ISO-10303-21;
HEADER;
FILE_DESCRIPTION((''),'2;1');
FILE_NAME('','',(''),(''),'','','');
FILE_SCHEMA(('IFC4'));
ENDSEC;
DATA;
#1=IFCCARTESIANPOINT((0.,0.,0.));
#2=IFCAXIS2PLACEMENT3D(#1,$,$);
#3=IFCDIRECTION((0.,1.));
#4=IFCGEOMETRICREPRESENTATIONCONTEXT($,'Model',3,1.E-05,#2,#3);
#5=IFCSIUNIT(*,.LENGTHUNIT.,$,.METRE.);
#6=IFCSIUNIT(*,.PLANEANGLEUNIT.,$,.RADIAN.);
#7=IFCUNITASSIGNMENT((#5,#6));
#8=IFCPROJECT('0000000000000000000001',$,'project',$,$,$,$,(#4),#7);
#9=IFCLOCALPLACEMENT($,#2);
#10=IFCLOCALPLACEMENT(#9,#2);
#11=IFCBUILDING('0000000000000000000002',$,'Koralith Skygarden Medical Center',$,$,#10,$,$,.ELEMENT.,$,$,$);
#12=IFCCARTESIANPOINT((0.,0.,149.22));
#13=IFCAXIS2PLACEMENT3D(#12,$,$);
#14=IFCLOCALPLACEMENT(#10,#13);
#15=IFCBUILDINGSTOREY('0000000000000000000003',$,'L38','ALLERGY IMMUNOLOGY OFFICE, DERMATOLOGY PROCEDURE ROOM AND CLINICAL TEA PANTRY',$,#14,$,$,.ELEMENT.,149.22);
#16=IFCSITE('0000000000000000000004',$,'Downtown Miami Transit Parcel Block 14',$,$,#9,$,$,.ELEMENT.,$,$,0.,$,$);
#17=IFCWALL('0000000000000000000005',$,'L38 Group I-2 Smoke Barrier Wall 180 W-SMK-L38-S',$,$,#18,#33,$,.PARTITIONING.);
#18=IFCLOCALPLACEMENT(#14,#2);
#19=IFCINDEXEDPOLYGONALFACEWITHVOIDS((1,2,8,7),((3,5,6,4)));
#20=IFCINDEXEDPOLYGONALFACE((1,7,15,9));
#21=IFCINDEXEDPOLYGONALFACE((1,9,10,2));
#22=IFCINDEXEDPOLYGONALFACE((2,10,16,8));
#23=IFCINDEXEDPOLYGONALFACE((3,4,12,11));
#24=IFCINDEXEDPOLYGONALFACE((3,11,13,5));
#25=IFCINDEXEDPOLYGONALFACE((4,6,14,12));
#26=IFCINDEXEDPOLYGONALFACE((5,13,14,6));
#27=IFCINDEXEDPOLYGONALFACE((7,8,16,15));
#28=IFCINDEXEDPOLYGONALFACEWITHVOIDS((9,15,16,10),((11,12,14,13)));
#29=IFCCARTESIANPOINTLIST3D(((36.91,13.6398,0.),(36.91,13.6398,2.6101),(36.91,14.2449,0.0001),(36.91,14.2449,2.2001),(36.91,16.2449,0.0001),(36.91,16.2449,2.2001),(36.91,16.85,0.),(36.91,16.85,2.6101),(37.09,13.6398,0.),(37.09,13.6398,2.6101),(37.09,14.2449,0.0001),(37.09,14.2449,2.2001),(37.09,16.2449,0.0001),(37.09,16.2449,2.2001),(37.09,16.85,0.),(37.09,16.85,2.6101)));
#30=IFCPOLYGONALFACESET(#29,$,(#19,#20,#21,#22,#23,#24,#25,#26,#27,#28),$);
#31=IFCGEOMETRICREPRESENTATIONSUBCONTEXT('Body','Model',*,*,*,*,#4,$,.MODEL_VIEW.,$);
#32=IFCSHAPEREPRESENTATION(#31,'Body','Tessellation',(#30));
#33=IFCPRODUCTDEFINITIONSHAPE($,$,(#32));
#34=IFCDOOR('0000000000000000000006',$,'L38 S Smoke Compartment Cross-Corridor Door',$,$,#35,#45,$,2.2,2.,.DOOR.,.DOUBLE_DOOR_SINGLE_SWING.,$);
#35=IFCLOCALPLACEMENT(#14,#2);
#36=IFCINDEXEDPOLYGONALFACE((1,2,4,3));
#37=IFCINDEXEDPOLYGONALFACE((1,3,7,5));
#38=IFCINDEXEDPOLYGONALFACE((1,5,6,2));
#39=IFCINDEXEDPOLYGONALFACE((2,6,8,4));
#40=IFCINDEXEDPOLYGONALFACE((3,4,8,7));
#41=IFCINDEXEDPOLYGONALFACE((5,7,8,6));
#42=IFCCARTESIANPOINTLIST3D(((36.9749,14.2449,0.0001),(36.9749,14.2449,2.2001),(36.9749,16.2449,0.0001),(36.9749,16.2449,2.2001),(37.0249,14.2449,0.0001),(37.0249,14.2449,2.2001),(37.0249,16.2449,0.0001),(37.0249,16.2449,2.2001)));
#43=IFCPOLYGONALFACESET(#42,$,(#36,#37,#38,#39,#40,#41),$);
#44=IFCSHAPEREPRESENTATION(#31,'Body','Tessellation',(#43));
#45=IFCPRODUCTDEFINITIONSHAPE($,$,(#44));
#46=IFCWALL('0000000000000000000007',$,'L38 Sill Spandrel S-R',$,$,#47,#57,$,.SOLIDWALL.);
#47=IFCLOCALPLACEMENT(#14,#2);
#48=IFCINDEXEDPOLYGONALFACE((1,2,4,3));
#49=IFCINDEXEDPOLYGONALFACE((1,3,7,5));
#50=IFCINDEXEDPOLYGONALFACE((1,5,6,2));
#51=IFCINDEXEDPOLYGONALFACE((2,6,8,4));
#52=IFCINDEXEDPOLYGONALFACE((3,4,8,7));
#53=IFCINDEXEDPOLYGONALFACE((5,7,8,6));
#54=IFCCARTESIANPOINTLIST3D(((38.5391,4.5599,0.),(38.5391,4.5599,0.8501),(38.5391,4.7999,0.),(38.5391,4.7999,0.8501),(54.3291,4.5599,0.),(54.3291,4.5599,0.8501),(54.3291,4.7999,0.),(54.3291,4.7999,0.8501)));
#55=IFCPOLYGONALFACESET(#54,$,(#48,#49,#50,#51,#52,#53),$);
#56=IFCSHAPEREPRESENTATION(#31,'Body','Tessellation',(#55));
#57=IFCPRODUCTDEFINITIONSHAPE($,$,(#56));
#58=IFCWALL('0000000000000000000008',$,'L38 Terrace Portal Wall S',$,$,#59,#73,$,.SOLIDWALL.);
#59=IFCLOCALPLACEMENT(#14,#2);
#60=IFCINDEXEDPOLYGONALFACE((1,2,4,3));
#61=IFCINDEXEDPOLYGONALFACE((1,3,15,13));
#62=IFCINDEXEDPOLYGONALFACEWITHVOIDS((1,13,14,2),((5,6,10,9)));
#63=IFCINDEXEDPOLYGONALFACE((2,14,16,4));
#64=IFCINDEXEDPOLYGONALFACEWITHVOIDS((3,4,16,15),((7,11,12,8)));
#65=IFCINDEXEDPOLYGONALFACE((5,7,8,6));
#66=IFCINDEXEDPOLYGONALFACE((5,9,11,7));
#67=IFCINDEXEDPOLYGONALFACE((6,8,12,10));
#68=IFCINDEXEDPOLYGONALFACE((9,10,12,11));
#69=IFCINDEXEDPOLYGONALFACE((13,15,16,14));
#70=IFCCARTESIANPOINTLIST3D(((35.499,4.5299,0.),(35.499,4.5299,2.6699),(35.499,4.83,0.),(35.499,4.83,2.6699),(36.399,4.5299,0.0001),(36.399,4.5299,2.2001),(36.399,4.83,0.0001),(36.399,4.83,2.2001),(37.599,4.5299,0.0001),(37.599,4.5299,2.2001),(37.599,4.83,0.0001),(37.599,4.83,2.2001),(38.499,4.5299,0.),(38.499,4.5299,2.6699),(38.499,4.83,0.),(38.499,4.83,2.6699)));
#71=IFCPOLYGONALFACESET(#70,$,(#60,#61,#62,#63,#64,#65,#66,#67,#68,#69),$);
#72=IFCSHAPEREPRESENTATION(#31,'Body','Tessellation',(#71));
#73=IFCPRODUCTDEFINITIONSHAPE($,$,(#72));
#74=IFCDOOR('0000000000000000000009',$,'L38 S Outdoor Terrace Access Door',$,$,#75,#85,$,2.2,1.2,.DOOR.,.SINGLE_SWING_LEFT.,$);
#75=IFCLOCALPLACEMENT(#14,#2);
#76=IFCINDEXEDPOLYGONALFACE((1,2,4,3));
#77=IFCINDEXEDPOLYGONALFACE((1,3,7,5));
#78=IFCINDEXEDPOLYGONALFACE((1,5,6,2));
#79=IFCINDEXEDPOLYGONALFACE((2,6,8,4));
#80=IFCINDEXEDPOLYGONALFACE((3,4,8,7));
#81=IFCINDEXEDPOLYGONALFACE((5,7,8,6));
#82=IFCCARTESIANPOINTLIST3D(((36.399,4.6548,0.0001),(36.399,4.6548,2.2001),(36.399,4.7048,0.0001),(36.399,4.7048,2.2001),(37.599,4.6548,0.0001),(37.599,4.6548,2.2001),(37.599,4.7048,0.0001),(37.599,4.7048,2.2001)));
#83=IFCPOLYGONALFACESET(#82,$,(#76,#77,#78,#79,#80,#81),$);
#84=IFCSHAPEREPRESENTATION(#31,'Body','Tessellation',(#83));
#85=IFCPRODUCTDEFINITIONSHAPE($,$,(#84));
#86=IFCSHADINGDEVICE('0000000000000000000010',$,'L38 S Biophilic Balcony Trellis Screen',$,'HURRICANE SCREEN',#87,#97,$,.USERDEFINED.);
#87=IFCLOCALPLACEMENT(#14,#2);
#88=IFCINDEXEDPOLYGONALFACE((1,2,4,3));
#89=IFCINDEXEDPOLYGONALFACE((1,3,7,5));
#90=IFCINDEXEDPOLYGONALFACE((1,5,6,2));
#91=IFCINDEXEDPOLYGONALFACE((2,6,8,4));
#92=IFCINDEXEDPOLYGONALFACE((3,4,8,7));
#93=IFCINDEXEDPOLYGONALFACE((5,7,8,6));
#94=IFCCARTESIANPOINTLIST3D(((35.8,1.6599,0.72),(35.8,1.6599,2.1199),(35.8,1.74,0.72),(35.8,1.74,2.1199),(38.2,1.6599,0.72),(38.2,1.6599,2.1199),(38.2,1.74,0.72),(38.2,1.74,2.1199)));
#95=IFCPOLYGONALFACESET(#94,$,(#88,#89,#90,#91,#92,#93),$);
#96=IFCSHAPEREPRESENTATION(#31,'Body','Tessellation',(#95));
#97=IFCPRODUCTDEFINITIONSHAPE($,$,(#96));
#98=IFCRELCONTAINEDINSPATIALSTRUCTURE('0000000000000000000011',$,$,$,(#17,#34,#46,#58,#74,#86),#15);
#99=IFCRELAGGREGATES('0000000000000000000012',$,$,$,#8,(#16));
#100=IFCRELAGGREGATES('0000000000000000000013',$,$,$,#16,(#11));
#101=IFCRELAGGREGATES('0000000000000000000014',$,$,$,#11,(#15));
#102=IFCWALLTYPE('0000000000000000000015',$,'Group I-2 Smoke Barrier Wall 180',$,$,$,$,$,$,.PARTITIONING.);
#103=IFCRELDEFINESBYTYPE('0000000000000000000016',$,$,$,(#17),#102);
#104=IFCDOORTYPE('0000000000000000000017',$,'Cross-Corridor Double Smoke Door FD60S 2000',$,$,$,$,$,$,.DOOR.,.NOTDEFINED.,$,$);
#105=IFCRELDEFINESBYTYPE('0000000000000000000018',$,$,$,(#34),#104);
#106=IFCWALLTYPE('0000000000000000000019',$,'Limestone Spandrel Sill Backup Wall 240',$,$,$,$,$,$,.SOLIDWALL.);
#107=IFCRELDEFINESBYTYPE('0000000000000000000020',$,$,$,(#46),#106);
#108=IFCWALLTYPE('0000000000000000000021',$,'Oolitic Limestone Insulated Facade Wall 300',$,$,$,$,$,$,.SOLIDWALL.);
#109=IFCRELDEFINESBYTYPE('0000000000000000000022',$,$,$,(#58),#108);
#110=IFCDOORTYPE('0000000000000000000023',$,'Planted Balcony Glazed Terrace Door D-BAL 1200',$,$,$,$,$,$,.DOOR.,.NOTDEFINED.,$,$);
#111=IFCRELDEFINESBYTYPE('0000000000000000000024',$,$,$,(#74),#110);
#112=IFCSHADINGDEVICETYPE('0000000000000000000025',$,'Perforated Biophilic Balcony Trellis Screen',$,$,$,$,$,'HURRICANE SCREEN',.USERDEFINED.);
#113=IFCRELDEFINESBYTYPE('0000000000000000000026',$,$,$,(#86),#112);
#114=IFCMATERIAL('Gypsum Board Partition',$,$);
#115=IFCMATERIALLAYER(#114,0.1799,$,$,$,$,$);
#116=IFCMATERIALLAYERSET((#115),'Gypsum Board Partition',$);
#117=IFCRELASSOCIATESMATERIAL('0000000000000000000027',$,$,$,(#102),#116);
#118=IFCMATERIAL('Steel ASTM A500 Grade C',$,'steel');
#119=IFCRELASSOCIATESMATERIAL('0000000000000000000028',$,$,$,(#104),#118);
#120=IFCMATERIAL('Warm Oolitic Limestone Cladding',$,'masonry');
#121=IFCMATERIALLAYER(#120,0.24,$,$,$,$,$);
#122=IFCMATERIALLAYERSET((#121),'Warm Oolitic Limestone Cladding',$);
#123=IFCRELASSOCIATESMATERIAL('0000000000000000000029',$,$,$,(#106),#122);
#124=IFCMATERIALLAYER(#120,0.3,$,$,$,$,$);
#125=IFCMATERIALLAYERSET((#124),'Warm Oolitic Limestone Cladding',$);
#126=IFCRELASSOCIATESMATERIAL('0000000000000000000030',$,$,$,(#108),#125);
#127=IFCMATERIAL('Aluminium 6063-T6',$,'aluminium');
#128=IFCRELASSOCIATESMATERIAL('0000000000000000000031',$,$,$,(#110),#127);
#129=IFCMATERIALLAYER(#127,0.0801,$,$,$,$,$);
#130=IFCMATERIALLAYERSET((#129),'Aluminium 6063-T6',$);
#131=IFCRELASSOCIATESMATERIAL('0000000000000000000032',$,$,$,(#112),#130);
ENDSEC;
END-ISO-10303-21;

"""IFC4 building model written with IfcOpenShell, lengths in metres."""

from ifc_helpers import new_model, si_unit, direction, frame, frame_2d, origin, origin_2d, place, context, subcontext, project, spatial, rectangle, extrude, material, layer, layer_set, type_object, element, fill, save


model = new_model("IFC4")

# Units and contexts
model_context = context("Model", 3, precision=1e-05, world=origin(), true_north=direction((0.0, 1.0)))
body_context = subcontext(model_context, "Body", "Model", "MODEL_VIEW")
ifc_project = project(units=[si_unit("LENGTHUNIT", "METRE"), si_unit("PLANEANGLEUNIT", "RADIAN")], contexts=[model_context])

# Site, building, storey
site_placement = place(None, origin())
site = spatial("IfcSite", under=ifc_project, at=site_placement, Name="Downtown Miami Transit Parcel Block 14", CompositionType="ELEMENT", RefElevation=0.0)
building_placement = place(site_placement, origin())
building = spatial("IfcBuilding", under=site, at=building_placement, Name="Koralith Skygarden Medical Center", CompositionType="ELEMENT")
storey_placement = place(building_placement, frame((0.0, 0.0, 149.22)))
storey = spatial("IfcBuildingStorey", under=building, at=storey_placement, Name="L38", Description="ALLERGY IMMUNOLOGY OFFICE, DERMATOLOGY PROCEDURE ROOM AND CLINICAL TEA PANTRY", CompositionType="ELEMENT", Elevation=149.22)

# Shared definitions
ifc_material_1 = material(Name="Aluminium 6063-T6", Category="aluminium")

# Shared definitions
ifc_material_2 = material(Name="Gypsum Board Partition")

# Wall, opening, door
ifc_layer_1 = layer(ifc_material_2, 0.1799)
ifc_layer_set_1 = layer_set([ifc_layer_1], Name="Gypsum Board Partition")
wall_type_1 = type_object("IfcWallType", Name="Group I-2 Smoke Barrier Wall 180", PredefinedType="PARTITIONING", material=ifc_layer_set_1)
wall_1_placement = place(storey_placement, frame((37.0, 13.6399, 0.0), z_axis=(0.0, 0.0, 1.0), x_axis=(0.0, 1.0, 0.0)))
wall_1 = element("IfcWall", 1, at=wall_1_placement, inside=storey, type_object=wall_type_1, Name="L38 Group I-2 Smoke Barrier Wall 180 W-SMK-L38-S", PredefinedType="PARTITIONING", context=body_context, shape_type="SweptSolid", body=[
    extrude(rectangle(XDim=3.2102, YDim=0.1799, at=frame_2d((1.605, 0.0))), origin(), (0.0, 0.0, 1.0), 2.6101),
])
opening_1_placement = place(wall_1_placement, frame((0.605, 0.0, 0.0)))
opening_1 = element("IfcOpeningElement", 2, at=opening_1_placement, cuts=wall_1, PredefinedType="OPENING", context=body_context, shape_type="SweptSolid", body=[
    extrude(rectangle(XDim=2.0, YDim=2.2, at=frame_2d((1.0, 1.1001))), frame((0.0, 0.0999, 0.0), z_axis=(0.0, -1.0, 0.0), x_axis=(1.0, 0.0, 0.0)), (0.0, 0.0, 1.0), 0.2),
])
ifc_material_3 = material(Name="Steel ASTM A500 Grade C", Category="steel")
door_type_1 = type_object("IfcDoorType", Name="Cross-Corridor Double Smoke Door FD60S 2000", OperationType="NOTDEFINED", PredefinedType="DOOR", material=ifc_material_3)
door_1_placement = place(opening_1_placement, frame((2.0, 0.0, 0.0), z_axis=(0.0, 0.0, 1.0), x_axis=(-1.0, 0.0, 0.0)))
door_1 = element("IfcDoor", 3, at=door_1_placement, inside=storey, type_object=door_type_1, Name="L38 S Smoke Compartment Cross-Corridor Door", OperationType="DOUBLE_DOOR_SINGLE_SWING", OverallHeight=2.2, OverallWidth=2.0, PredefinedType="DOOR", context=body_context, shape_type="SweptSolid", body=[
    extrude(rectangle(XDim=2.0, YDim=2.2, at=frame_2d((1.0, 1.1001))), frame((0.0, 0.0249, 0.0), z_axis=(0.0, -1.0, 0.0), x_axis=(1.0, 0.0, 0.0)), (0.0, 0.0, 1.0), 0.05),
])
fill(opening_1, door_1)

# Wall
ifc_material_4 = material(Name="Warm Oolitic Limestone Cladding", Category="masonry")
ifc_layer_2 = layer(ifc_material_4, 0.24)
ifc_layer_set_2 = layer_set([ifc_layer_2], Name="Warm Oolitic Limestone Cladding")
wall_type_2 = type_object("IfcWallType", Name="Limestone Spandrel Sill Backup Wall 240", PredefinedType="SOLIDWALL", material=ifc_layer_set_2)
wall_2_placement = place(storey_placement, frame((38.5391, 4.6799, 0.0), z_axis=(0.0, 0.0, 1.0), x_axis=(1.0, 0.0, 0.0)))
element("IfcWall", 4, at=wall_2_placement, inside=storey, type_object=wall_type_2, Name="L38 Sill Spandrel S-R", PredefinedType="SOLIDWALL", context=body_context, shape_type="SweptSolid", body=[
    extrude(rectangle(XDim=15.79, YDim=0.24, at=frame_2d((7.895, 0.0))), origin(), (0.0, 0.0, 1.0), 0.8501),
])

# Wall, opening, door
ifc_layer_3 = layer(ifc_material_4, 0.3)
ifc_layer_set_3 = layer_set([ifc_layer_3], Name="Warm Oolitic Limestone Cladding")
wall_type_3 = type_object("IfcWallType", Name="Oolitic Limestone Insulated Facade Wall 300", PredefinedType="SOLIDWALL", material=ifc_layer_set_3)
wall_3_placement = place(storey_placement, frame((35.499, 4.6799, 0.0), z_axis=(0.0, 0.0, 1.0), x_axis=(1.0, 0.0, 0.0)))
wall_3 = element("IfcWall", 5, at=wall_3_placement, inside=storey, type_object=wall_type_3, Name="L38 Terrace Portal Wall S", PredefinedType="SOLIDWALL", context=body_context, shape_type="SweptSolid", body=[
    extrude(rectangle(XDim=3.0, YDim=0.3, at=frame_2d((1.5, 0.0))), origin(), (0.0, 0.0, 1.0), 2.6699),
])
opening_2_placement = place(wall_3_placement, frame((0.8999, 0.0, 0.0)))
opening_2 = element("IfcOpeningElement", 6, at=opening_2_placement, cuts=wall_3, PredefinedType="OPENING", context=body_context, shape_type="SweptSolid", body=[
    extrude(rectangle(XDim=1.2, YDim=2.2, at=frame_2d((0.6001, 1.1001))), frame((0.0, 0.1599, 0.0), z_axis=(0.0, -1.0, 0.0), x_axis=(1.0, 0.0, 0.0)), (0.0, 0.0, 1.0), 0.3201),
])
door_type_2 = type_object("IfcDoorType", Name="Planted Balcony Glazed Terrace Door D-BAL 1200", OperationType="NOTDEFINED", PredefinedType="DOOR", material=ifc_material_1)
door_2_placement = place(opening_2_placement, origin())
door_2 = element("IfcDoor", 7, at=door_2_placement, inside=storey, type_object=door_type_2, Name="L38 S Outdoor Terrace Access Door", OperationType="SINGLE_SWING_LEFT", OverallHeight=2.2, OverallWidth=1.2, PredefinedType="DOOR", context=body_context, shape_type="SweptSolid", body=[
    extrude(rectangle(XDim=1.2, YDim=2.2, at=frame_2d((0.6001, 1.1001))), frame((0.0, 0.0249, 0.0), z_axis=(0.0, -1.0, 0.0), x_axis=(1.0, 0.0, 0.0)), (0.0, 0.0, 1.0), 0.05),
])
fill(opening_2, door_2)

# Shading device
ifc_layer_4 = layer(ifc_material_1, 0.0801)
ifc_layer_set_4 = layer_set([ifc_layer_4], Name="Aluminium 6063-T6")
shading_device_type = type_object("IfcShadingDeviceType", Name="Perforated Biophilic Balcony Trellis Screen", ElementType="HURRICANE SCREEN", PredefinedType="USERDEFINED", material=ifc_layer_set_4)
shading_device_placement = place(storey_placement, frame((37.0, 1.7, 0.72), z_axis=(0.0, 0.0, 1.0), x_axis=(1.0, 0.0, 0.0)))
element("IfcShadingDevice", 8, at=shading_device_placement, inside=storey, type_object=shading_device_type, Name="L38 S Biophilic Balcony Trellis Screen", ObjectType="HURRICANE SCREEN", PredefinedType="USERDEFINED", context=body_context, shape_type="SweptSolid", body=[
    extrude(rectangle(XDim=2.3999, YDim=0.0801, at=origin_2d()), origin(), (0.0, 0.0, 1.0), 1.3999),
])

save(model, "model.ifc")
